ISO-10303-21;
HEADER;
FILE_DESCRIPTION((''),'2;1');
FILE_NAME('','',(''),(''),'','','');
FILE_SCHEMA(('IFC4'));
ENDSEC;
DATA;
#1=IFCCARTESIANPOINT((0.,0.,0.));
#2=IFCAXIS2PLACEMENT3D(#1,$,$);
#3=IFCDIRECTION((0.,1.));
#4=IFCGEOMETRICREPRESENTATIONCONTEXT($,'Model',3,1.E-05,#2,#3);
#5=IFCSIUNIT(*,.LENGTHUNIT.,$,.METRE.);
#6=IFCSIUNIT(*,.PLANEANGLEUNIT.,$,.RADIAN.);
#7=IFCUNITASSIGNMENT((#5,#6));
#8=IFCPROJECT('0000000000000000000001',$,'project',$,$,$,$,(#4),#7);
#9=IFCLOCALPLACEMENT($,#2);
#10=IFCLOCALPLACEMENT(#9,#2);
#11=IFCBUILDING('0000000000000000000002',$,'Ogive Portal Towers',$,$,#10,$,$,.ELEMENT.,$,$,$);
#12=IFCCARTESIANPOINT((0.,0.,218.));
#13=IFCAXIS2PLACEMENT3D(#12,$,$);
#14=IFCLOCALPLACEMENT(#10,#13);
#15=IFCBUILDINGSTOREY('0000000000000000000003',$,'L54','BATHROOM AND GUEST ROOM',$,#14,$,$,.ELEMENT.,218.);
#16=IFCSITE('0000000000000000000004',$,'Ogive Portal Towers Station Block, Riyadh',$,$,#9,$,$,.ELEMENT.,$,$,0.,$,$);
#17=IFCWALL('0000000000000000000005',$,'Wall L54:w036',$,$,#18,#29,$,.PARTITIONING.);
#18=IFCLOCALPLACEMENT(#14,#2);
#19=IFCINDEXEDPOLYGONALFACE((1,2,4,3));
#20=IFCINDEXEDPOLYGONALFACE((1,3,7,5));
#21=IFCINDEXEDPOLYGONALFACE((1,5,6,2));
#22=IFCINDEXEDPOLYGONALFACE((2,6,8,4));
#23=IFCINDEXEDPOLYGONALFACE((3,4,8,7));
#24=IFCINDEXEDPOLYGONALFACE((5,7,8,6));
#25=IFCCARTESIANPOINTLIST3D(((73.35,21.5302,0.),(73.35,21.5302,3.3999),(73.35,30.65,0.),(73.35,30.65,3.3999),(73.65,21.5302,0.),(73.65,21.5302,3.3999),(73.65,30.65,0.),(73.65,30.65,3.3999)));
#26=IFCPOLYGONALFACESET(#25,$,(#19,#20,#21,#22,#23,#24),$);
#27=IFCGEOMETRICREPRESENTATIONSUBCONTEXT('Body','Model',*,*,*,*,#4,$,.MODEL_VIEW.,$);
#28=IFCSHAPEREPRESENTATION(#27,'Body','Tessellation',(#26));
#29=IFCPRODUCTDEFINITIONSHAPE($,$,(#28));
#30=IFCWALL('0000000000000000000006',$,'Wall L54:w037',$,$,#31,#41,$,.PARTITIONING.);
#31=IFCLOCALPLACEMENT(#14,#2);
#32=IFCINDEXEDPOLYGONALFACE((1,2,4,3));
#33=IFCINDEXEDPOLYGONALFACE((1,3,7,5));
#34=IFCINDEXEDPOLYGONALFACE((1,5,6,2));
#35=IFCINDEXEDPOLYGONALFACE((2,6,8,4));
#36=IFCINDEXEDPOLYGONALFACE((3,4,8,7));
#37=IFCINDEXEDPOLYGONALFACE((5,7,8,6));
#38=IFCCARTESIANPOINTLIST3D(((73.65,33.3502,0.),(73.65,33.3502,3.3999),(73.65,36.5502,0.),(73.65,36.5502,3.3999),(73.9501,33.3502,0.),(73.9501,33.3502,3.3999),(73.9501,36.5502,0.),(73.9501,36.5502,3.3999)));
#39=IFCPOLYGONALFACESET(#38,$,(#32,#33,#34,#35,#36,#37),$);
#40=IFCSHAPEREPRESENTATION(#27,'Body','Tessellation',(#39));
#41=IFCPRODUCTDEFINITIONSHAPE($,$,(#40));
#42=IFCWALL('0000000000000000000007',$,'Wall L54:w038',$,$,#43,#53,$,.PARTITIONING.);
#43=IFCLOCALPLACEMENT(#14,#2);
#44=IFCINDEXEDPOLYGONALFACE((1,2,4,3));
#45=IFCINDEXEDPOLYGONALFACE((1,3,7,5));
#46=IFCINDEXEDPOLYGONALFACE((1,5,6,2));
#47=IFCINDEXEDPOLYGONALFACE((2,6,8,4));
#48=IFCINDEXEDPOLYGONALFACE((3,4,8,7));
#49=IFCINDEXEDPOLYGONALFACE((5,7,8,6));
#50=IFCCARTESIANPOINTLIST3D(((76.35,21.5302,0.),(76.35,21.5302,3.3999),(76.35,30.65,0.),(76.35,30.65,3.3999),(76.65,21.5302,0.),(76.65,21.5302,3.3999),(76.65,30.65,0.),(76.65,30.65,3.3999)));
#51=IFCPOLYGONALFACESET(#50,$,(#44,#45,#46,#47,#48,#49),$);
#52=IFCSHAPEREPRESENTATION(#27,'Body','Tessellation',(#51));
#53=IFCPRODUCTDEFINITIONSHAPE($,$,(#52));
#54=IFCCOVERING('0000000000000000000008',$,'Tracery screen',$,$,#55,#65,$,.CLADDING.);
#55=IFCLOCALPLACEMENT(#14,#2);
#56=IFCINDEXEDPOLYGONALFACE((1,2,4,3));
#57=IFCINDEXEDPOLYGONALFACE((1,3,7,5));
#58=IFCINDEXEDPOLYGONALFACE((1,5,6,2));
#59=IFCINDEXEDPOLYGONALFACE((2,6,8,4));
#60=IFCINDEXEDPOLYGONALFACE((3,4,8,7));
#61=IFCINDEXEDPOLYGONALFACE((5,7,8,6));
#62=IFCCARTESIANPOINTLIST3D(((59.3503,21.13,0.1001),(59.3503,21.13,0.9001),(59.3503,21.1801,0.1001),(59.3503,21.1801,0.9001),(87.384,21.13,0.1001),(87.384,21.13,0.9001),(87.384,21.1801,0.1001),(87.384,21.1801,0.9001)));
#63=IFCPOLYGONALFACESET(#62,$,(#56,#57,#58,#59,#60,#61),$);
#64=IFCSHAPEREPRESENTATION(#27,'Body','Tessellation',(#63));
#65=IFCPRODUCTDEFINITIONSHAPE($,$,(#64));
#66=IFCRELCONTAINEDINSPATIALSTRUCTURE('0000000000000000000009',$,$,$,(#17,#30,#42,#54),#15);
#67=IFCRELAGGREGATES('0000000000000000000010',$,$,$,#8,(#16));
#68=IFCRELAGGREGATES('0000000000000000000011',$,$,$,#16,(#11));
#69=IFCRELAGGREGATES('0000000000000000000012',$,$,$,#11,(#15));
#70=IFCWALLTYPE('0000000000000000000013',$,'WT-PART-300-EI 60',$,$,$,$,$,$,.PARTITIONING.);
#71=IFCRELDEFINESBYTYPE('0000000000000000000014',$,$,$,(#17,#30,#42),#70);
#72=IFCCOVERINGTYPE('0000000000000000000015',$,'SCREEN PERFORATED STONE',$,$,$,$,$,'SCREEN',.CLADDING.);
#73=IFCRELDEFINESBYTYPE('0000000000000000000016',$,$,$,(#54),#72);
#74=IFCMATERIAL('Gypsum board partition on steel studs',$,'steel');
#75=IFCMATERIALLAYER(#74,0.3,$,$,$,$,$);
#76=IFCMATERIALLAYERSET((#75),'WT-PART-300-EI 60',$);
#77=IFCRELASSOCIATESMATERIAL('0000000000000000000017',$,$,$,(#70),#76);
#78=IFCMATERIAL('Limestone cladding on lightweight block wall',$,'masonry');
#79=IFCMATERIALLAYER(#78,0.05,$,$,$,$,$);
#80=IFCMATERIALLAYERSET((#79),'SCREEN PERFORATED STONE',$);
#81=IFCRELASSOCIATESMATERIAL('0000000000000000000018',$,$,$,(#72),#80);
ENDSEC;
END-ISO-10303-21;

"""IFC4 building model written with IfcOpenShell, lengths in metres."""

from ifc_helpers import new_model, si_unit, direction, frame, frame_2d, origin, origin_2d, place, context, subcontext, project, spatial, rectangle, extrude, material, layer, layer_set, type_object, element, save


model = new_model("IFC4")

# Units and contexts
model_context = context("Model", 3, precision=1e-05, world=origin(), true_north=direction((0.0, 1.0)))
body_context = subcontext(model_context, "Body", "Model", "MODEL_VIEW")
ifc_project = project(units=[si_unit("LENGTHUNIT", "METRE"), si_unit("PLANEANGLEUNIT", "RADIAN")], contexts=[model_context])

# Site, building, storey
site_placement = place(None, origin())
site = spatial("IfcSite", under=ifc_project, at=site_placement, Name="Ogive Portal Towers Station Block, Riyadh", CompositionType="ELEMENT", RefElevation=0.0)
building_placement = place(site_placement, origin())
building = spatial("IfcBuilding", under=site, at=building_placement, Name="Ogive Portal Towers", CompositionType="ELEMENT")
storey_placement = place(building_placement, frame((0.0, 0.0, 218.0)))
storey = spatial("IfcBuildingStorey", under=building, at=storey_placement, Name="L54", Description="BATHROOM AND GUEST ROOM", CompositionType="ELEMENT", Elevation=218.0)

# Shared definitions
ifc_material_1 = material(Name="Gypsum board partition on steel studs", Category="steel")
ifc_layer_1 = layer(ifc_material_1, 0.3)
ifc_layer_set_1 = layer_set([ifc_layer_1], Name="WT-PART-300-EI 60")
wall_type = type_object("IfcWallType", Name="WT-PART-300-EI 60", PredefinedType="PARTITIONING", material=ifc_layer_set_1)

# Walls
wall_1_placement = place(storey_placement, frame((73.5, 21.53, 0.0), z_axis=(0.0, 0.0, 1.0), x_axis=(0.0, 1.0, 0.0)))
element("IfcWall", 1, at=wall_1_placement, inside=storey, type_object=wall_type, Name="Wall L54:w036", PredefinedType="PARTITIONING", context=body_context, shape_type="SweptSolid", body=[
    extrude(rectangle(XDim=9.1199, YDim=0.3, at=frame_2d((4.5601, 0.0))), origin(), (0.0, 0.0, 1.0), 3.3999),
])
wall_2_placement = place(storey_placement, frame((73.8, 33.3501, 0.0), z_axis=(0.0, 0.0, 1.0), x_axis=(0.0, 1.0, 0.0)))
element("IfcWall", 2, at=wall_2_placement, inside=storey, type_object=wall_type, Name="Wall L54:w037", PredefinedType="PARTITIONING", context=body_context, shape_type="SweptSolid", body=[
    extrude(rectangle(XDim=3.2, YDim=0.3, at=frame_2d((1.6001, 0.0))), origin(), (0.0, 0.0, 1.0), 3.3999),
])
wall_3_placement = place(storey_placement, frame((76.5, 21.53, 0.0), z_axis=(0.0, 0.0, 1.0), x_axis=(0.0, 1.0, 0.0)))
element("IfcWall", 3, at=wall_3_placement, inside=storey, type_object=wall_type, Name="Wall L54:w038", PredefinedType="PARTITIONING", context=body_context, shape_type="SweptSolid", body=[
    extrude(rectangle(XDim=9.1199, YDim=0.3, at=frame_2d((4.5601, 0.0))), origin(), (0.0, 0.0, 1.0), 3.3999),
])

# Covering
ifc_material_2 = material(Name="Limestone cladding on lightweight block wall", Category="masonry")
ifc_layer_2 = layer(ifc_material_2, 0.05)
ifc_layer_set_2 = layer_set([ifc_layer_2], Name="SCREEN PERFORATED STONE")
covering_type = type_object("IfcCoveringType", Name="SCREEN PERFORATED STONE", ElementType="SCREEN", PredefinedType="CLADDING", material=ifc_layer_set_2)
covering_placement = place(storey_placement, frame((73.3672, 21.155, 0.1001), z_axis=(0.0, 0.0, 1.0), x_axis=(1.0, 0.0, 0.0)))
element("IfcCovering", 4, at=covering_placement, inside=storey, type_object=covering_type, Name="Tracery screen", PredefinedType="CLADDING", context=body_context, shape_type="SweptSolid", body=[
    extrude(rectangle(XDim=28.0337, YDim=0.05, at=origin_2d()), origin(), (0.0, 0.0, 1.0), 0.8),
])

save(model, "model.ifc")
